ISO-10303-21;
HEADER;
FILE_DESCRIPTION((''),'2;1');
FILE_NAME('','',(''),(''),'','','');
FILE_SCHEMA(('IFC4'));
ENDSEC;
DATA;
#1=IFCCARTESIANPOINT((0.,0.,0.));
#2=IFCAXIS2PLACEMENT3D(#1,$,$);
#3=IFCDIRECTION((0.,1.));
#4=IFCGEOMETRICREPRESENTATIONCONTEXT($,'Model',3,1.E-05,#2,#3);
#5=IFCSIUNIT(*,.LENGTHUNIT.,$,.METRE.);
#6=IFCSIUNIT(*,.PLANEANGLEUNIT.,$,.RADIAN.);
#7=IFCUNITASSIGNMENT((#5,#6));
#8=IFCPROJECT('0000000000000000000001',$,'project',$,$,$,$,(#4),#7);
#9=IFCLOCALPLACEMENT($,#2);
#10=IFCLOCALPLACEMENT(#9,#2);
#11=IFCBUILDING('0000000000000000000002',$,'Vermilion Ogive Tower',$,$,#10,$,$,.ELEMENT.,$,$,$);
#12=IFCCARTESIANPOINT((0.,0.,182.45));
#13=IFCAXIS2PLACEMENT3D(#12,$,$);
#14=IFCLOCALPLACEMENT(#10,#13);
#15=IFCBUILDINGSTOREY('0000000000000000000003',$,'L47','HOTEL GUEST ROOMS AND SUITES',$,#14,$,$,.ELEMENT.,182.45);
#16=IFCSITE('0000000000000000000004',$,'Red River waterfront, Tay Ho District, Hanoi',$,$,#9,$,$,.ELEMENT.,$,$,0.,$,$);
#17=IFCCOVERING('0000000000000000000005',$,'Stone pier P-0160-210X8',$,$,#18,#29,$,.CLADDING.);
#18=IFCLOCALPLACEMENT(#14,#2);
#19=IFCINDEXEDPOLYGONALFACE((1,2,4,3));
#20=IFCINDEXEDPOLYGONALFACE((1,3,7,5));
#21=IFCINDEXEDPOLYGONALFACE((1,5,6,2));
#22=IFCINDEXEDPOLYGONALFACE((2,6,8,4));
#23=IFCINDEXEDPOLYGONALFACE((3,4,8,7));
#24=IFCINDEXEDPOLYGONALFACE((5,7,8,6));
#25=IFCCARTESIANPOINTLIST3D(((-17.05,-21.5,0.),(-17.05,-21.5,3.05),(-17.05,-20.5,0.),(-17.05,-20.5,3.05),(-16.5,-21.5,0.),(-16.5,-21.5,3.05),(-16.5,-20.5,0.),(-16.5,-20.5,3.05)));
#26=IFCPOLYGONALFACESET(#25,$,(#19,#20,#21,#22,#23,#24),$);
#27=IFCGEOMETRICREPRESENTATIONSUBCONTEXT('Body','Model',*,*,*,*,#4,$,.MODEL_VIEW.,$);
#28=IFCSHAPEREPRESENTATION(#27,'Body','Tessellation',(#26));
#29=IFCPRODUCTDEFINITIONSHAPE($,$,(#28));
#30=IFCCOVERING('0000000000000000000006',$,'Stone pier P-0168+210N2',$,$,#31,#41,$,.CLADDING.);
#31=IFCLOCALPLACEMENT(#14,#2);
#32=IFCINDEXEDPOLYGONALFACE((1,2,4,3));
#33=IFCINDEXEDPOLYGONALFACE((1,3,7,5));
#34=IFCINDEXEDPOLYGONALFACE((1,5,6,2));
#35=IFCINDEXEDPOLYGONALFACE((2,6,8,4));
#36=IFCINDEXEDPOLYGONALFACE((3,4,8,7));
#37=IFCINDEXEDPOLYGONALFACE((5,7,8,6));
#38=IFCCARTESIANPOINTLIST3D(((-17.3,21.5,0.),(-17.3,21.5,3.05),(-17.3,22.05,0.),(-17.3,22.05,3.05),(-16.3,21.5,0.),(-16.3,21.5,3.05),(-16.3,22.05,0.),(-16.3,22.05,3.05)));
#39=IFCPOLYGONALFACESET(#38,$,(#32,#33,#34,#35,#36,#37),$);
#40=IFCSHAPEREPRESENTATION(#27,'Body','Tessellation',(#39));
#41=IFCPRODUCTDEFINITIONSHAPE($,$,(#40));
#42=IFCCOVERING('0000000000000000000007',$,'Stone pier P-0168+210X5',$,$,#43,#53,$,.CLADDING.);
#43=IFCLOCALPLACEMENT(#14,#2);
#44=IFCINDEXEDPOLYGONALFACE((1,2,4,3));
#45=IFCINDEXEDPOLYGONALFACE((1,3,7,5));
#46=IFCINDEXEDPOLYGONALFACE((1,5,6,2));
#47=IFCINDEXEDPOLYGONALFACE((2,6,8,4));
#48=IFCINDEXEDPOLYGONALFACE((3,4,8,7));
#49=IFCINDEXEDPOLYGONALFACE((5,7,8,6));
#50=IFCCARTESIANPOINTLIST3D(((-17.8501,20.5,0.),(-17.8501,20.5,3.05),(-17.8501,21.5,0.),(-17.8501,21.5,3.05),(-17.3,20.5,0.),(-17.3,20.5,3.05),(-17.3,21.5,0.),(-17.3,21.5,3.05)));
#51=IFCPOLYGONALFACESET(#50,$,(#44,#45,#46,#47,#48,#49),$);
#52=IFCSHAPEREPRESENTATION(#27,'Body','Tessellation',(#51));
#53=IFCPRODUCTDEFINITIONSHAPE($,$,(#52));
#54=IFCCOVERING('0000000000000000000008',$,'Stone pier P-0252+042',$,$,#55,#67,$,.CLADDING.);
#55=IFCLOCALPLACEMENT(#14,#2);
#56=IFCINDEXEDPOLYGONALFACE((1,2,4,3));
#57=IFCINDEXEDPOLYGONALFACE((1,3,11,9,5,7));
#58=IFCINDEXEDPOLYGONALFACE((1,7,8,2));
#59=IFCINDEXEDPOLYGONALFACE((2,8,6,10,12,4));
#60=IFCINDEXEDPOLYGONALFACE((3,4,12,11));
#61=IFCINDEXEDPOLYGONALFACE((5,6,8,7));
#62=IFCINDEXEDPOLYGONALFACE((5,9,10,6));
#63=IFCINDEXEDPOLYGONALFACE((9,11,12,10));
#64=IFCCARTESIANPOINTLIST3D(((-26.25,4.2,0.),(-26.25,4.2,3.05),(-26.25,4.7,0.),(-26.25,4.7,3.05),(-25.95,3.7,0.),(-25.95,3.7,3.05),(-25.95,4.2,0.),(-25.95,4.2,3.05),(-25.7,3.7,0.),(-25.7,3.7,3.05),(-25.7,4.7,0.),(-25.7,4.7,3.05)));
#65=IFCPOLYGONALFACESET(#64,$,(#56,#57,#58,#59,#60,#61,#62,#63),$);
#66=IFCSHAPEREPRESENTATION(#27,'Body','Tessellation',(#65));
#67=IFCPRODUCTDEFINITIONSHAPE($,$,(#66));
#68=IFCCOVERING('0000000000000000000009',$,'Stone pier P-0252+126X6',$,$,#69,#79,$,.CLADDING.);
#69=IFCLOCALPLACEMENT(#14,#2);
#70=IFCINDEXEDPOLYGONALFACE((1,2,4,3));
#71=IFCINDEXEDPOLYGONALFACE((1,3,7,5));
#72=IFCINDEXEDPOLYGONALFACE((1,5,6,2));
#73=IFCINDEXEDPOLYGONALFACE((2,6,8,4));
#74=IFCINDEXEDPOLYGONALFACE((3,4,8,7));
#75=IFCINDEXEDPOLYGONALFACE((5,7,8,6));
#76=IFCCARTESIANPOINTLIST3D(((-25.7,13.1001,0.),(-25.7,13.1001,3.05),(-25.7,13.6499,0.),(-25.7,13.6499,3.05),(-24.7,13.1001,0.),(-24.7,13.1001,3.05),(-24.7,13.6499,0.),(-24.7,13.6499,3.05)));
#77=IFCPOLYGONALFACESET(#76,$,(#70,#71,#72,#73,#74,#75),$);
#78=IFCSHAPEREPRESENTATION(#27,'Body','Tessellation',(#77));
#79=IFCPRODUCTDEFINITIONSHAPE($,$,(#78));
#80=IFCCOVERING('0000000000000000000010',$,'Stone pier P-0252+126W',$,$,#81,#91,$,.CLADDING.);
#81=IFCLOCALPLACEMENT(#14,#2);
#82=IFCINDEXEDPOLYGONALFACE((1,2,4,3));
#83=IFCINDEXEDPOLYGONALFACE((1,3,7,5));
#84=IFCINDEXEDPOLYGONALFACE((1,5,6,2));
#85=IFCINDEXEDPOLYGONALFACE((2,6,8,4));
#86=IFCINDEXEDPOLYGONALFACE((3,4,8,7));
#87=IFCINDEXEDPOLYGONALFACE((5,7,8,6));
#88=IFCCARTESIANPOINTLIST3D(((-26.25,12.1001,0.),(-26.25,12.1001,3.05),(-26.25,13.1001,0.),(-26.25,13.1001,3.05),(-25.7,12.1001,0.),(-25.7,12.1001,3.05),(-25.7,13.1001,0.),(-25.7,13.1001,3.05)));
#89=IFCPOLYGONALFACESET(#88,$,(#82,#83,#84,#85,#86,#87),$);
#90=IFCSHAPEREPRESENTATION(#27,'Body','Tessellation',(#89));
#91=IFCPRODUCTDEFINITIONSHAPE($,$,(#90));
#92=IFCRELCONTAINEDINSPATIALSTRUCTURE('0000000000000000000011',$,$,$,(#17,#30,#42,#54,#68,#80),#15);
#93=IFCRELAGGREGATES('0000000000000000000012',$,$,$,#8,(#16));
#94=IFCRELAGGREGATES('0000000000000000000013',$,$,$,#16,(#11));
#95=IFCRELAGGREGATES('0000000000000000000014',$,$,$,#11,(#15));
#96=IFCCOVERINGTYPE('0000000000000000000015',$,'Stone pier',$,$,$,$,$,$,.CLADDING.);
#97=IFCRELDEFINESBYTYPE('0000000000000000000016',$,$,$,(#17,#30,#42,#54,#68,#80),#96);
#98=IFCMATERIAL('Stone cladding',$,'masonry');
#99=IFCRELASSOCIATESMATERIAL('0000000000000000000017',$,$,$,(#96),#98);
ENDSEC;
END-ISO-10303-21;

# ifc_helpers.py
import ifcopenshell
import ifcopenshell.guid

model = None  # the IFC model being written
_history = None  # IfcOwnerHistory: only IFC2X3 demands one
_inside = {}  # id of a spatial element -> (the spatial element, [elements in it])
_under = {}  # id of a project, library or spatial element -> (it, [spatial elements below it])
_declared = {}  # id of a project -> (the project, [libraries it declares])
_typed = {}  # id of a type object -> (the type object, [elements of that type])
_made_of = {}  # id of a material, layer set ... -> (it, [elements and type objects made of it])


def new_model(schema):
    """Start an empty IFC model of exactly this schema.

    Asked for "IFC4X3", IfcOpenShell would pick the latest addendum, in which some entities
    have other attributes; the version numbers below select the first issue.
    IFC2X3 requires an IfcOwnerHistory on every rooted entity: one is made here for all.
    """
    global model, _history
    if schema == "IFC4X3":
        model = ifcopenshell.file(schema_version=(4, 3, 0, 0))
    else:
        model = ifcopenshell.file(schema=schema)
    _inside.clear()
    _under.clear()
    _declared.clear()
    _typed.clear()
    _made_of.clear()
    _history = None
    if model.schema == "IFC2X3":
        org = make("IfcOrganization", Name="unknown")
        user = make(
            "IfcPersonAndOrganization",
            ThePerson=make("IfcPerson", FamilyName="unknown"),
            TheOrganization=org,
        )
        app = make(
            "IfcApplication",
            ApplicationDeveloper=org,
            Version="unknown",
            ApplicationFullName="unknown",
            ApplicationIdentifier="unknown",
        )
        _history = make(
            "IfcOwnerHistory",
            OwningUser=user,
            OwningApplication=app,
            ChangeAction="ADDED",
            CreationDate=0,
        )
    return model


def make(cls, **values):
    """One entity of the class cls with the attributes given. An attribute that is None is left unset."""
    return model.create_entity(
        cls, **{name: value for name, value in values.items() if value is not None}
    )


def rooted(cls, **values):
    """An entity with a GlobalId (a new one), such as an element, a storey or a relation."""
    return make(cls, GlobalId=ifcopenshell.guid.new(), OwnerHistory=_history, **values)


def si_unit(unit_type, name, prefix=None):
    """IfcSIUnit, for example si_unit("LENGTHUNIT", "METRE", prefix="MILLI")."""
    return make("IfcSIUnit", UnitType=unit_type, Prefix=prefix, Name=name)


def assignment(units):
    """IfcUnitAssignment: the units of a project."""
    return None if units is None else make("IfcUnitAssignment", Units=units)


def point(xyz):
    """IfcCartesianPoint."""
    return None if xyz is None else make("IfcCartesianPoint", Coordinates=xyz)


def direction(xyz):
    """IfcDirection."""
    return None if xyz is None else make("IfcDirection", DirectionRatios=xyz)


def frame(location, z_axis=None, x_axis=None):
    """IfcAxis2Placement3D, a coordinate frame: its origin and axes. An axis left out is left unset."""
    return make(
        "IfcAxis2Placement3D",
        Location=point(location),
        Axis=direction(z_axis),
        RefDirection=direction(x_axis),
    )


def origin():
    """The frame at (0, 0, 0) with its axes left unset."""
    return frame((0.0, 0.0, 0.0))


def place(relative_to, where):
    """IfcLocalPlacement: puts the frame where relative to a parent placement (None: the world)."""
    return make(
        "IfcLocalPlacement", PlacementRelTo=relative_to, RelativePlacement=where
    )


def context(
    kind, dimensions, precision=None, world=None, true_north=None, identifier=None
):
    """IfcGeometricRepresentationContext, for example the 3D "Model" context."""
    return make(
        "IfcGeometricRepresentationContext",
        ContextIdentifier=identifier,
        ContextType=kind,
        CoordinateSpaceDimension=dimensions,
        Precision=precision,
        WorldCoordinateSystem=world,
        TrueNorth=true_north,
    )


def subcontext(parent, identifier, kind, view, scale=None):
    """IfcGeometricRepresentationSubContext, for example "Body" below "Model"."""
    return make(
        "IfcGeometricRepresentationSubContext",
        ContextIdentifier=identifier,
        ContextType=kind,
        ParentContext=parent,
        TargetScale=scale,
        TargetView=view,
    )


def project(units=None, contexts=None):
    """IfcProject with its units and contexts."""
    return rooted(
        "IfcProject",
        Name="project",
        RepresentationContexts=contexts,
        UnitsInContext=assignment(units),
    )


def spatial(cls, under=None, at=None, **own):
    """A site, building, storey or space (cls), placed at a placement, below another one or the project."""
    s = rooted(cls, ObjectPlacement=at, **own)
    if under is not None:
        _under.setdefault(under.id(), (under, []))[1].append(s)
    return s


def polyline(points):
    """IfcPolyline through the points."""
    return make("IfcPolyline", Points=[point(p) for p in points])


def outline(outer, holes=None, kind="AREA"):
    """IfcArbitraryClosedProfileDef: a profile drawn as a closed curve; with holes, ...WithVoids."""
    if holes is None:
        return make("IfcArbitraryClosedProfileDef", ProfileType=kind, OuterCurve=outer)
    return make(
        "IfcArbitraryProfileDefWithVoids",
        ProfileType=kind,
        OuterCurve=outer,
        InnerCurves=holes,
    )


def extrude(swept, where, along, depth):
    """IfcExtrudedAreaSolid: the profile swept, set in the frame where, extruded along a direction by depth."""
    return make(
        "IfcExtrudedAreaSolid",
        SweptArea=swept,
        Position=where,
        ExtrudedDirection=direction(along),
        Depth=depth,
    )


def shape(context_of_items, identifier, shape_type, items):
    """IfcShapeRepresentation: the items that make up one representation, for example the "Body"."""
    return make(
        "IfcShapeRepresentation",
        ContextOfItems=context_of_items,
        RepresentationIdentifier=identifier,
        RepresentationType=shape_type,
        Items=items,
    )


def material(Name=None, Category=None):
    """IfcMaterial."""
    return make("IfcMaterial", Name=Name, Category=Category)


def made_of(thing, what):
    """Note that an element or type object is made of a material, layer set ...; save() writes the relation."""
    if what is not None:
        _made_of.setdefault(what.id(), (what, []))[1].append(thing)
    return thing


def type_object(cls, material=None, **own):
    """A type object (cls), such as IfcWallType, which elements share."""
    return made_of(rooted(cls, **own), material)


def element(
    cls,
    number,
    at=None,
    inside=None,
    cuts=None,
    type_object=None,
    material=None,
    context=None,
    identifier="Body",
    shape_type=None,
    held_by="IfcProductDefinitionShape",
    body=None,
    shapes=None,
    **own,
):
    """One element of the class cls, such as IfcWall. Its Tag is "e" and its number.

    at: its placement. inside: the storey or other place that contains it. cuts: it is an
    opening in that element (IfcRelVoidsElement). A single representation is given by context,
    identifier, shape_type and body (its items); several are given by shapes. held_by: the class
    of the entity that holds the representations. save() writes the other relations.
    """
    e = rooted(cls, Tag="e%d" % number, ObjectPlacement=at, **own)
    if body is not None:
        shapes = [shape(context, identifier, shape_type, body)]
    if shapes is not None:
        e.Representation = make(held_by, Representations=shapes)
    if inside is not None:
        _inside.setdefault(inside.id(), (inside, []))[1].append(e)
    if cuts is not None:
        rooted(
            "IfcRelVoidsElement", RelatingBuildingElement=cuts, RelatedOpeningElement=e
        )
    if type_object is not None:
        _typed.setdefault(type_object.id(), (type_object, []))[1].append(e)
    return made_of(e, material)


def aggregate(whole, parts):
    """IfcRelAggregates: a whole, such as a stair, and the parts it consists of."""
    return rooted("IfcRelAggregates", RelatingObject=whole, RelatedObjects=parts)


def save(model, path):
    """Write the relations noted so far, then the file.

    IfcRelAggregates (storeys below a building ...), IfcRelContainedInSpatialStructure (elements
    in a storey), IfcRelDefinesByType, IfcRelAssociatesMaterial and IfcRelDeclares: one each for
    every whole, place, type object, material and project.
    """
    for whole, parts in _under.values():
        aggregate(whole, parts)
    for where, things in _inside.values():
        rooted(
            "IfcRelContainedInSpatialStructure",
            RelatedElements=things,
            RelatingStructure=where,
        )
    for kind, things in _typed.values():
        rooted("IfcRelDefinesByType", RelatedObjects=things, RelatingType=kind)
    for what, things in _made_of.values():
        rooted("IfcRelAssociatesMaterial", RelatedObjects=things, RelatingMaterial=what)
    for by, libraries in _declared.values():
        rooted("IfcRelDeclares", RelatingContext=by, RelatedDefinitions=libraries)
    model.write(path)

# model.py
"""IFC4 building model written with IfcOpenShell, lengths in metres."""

from ifc_helpers import new_model, si_unit, direction, frame, origin, place, context, subcontext, project, spatial, polyline, outline, extrude, material, type_object, element, save


model = new_model("IFC4")

# Units and contexts
model_context = context("Model", 3, precision=1e-05, world=origin(), true_north=direction((0.0, 1.0)))
body_context = subcontext(model_context, "Body", "Model", "MODEL_VIEW")
ifc_project = project(units=[si_unit("LENGTHUNIT", "METRE"), si_unit("PLANEANGLEUNIT", "RADIAN")], contexts=[model_context])

# Site, building, storey
site_placement = place(None, origin())
site = spatial("IfcSite", under=ifc_project, at=site_placement, Name="Red River waterfront, Tay Ho District, Hanoi", CompositionType="ELEMENT", RefElevation=0.0)
building_placement = place(site_placement, origin())
building = spatial("IfcBuilding", under=site, at=building_placement, Name="Vermilion Ogive Tower", CompositionType="ELEMENT")
storey_placement = place(building_placement, frame((0.0, 0.0, 182.45)))
storey = spatial("IfcBuildingStorey", under=building, at=storey_placement, Name="L47", Description="HOTEL GUEST ROOMS AND SUITES", CompositionType="ELEMENT", Elevation=182.45)

# Coverings
ifc_material_1 = material(Name="Stone cladding", Category="masonry")
covering_type = type_object("IfcCoveringType", Name="Stone pier", PredefinedType="CLADDING", material=ifc_material_1)
covering_1_placement = place(storey_placement, origin())
element("IfcCovering", 1, at=covering_1_placement, inside=storey, type_object=covering_type, Name="Stone pier P-0160-210X8", PredefinedType="CLADDING", context=body_context, shape_type="SweptSolid", body=[
    extrude(outline(polyline([(-17.05, -20.5), (-16.5, -20.5), (-16.5, -21.5), (-17.05, -21.5), (-17.05, -20.5)])), origin(), (0.0, 0.0, 1.0), 3.05),
])
covering_2_placement = place(storey_placement, origin())
element("IfcCovering", 2, at=covering_2_placement, inside=storey, type_object=covering_type, Name="Stone pier P-0168+210N2", PredefinedType="CLADDING", context=body_context, shape_type="SweptSolid", body=[
    extrude(outline(polyline([(-17.3, 21.5), (-17.3, 22.05), (-16.3, 22.05), (-16.3, 21.5), (-17.3, 21.5), (-17.3, 21.5)])), origin(), (0.0, 0.0, 1.0), 3.05),
])
covering_3_placement = place(storey_placement, origin())
element("IfcCovering", 3, at=covering_3_placement, inside=storey, type_object=covering_type, Name="Stone pier P-0168+210X5", PredefinedType="CLADDING", context=body_context, shape_type="SweptSolid", body=[
    extrude(outline(polyline([(-17.8501, 21.5), (-17.3, 21.5), (-17.3, 21.5), (-17.3, 20.5), (-17.8501, 20.5), (-17.8501, 21.5)])), origin(), (0.0, 0.0, 1.0), 3.05),
])
covering_4_placement = place(storey_placement, origin())
element("IfcCovering", 4, at=covering_4_placement, inside=storey, type_object=covering_type, Name="Stone pier P-0252+042", PredefinedType="CLADDING", context=body_context, shape_type="SweptSolid", body=[
    extrude(outline(polyline([(-25.7, 3.7), (-25.95, 3.7), (-25.95, 4.2), (-26.25, 4.2), (-26.25, 4.7), (-25.7, 4.7), (-25.7, 4.7), (-25.7, 3.7)])), origin(), (0.0, 0.0, 1.0), 3.05),
])
covering_5_placement = place(storey_placement, origin())
element("IfcCovering", 5, at=covering_5_placement, inside=storey, type_object=covering_type, Name="Stone pier P-0252+126X6", PredefinedType="CLADDING", context=body_context, shape_type="SweptSolid", body=[
    extrude(outline(polyline([(-25.7, 13.1001), (-25.7, 13.6499), (-24.7, 13.6499), (-24.7, 13.1001), (-24.7, 13.1001), (-25.7, 13.1001)])), origin(), (0.0, 0.0, 1.0), 3.05),
])
covering_6_placement = place(storey_placement, origin())
element("IfcCovering", 6, at=covering_6_placement, inside=storey, type_object=covering_type, Name="Stone pier P-0252+126W", PredefinedType="CLADDING", context=body_context, shape_type="SweptSolid", body=[
    extrude(outline(polyline([(-26.25, 13.1001), (-25.7, 13.1001), (-25.7, 12.1001), (-26.25, 12.1001), (-26.25, 13.1001)])), origin(), (0.0, 0.0, 1.0), 3.05),
])

save(model, "model.ifc")
